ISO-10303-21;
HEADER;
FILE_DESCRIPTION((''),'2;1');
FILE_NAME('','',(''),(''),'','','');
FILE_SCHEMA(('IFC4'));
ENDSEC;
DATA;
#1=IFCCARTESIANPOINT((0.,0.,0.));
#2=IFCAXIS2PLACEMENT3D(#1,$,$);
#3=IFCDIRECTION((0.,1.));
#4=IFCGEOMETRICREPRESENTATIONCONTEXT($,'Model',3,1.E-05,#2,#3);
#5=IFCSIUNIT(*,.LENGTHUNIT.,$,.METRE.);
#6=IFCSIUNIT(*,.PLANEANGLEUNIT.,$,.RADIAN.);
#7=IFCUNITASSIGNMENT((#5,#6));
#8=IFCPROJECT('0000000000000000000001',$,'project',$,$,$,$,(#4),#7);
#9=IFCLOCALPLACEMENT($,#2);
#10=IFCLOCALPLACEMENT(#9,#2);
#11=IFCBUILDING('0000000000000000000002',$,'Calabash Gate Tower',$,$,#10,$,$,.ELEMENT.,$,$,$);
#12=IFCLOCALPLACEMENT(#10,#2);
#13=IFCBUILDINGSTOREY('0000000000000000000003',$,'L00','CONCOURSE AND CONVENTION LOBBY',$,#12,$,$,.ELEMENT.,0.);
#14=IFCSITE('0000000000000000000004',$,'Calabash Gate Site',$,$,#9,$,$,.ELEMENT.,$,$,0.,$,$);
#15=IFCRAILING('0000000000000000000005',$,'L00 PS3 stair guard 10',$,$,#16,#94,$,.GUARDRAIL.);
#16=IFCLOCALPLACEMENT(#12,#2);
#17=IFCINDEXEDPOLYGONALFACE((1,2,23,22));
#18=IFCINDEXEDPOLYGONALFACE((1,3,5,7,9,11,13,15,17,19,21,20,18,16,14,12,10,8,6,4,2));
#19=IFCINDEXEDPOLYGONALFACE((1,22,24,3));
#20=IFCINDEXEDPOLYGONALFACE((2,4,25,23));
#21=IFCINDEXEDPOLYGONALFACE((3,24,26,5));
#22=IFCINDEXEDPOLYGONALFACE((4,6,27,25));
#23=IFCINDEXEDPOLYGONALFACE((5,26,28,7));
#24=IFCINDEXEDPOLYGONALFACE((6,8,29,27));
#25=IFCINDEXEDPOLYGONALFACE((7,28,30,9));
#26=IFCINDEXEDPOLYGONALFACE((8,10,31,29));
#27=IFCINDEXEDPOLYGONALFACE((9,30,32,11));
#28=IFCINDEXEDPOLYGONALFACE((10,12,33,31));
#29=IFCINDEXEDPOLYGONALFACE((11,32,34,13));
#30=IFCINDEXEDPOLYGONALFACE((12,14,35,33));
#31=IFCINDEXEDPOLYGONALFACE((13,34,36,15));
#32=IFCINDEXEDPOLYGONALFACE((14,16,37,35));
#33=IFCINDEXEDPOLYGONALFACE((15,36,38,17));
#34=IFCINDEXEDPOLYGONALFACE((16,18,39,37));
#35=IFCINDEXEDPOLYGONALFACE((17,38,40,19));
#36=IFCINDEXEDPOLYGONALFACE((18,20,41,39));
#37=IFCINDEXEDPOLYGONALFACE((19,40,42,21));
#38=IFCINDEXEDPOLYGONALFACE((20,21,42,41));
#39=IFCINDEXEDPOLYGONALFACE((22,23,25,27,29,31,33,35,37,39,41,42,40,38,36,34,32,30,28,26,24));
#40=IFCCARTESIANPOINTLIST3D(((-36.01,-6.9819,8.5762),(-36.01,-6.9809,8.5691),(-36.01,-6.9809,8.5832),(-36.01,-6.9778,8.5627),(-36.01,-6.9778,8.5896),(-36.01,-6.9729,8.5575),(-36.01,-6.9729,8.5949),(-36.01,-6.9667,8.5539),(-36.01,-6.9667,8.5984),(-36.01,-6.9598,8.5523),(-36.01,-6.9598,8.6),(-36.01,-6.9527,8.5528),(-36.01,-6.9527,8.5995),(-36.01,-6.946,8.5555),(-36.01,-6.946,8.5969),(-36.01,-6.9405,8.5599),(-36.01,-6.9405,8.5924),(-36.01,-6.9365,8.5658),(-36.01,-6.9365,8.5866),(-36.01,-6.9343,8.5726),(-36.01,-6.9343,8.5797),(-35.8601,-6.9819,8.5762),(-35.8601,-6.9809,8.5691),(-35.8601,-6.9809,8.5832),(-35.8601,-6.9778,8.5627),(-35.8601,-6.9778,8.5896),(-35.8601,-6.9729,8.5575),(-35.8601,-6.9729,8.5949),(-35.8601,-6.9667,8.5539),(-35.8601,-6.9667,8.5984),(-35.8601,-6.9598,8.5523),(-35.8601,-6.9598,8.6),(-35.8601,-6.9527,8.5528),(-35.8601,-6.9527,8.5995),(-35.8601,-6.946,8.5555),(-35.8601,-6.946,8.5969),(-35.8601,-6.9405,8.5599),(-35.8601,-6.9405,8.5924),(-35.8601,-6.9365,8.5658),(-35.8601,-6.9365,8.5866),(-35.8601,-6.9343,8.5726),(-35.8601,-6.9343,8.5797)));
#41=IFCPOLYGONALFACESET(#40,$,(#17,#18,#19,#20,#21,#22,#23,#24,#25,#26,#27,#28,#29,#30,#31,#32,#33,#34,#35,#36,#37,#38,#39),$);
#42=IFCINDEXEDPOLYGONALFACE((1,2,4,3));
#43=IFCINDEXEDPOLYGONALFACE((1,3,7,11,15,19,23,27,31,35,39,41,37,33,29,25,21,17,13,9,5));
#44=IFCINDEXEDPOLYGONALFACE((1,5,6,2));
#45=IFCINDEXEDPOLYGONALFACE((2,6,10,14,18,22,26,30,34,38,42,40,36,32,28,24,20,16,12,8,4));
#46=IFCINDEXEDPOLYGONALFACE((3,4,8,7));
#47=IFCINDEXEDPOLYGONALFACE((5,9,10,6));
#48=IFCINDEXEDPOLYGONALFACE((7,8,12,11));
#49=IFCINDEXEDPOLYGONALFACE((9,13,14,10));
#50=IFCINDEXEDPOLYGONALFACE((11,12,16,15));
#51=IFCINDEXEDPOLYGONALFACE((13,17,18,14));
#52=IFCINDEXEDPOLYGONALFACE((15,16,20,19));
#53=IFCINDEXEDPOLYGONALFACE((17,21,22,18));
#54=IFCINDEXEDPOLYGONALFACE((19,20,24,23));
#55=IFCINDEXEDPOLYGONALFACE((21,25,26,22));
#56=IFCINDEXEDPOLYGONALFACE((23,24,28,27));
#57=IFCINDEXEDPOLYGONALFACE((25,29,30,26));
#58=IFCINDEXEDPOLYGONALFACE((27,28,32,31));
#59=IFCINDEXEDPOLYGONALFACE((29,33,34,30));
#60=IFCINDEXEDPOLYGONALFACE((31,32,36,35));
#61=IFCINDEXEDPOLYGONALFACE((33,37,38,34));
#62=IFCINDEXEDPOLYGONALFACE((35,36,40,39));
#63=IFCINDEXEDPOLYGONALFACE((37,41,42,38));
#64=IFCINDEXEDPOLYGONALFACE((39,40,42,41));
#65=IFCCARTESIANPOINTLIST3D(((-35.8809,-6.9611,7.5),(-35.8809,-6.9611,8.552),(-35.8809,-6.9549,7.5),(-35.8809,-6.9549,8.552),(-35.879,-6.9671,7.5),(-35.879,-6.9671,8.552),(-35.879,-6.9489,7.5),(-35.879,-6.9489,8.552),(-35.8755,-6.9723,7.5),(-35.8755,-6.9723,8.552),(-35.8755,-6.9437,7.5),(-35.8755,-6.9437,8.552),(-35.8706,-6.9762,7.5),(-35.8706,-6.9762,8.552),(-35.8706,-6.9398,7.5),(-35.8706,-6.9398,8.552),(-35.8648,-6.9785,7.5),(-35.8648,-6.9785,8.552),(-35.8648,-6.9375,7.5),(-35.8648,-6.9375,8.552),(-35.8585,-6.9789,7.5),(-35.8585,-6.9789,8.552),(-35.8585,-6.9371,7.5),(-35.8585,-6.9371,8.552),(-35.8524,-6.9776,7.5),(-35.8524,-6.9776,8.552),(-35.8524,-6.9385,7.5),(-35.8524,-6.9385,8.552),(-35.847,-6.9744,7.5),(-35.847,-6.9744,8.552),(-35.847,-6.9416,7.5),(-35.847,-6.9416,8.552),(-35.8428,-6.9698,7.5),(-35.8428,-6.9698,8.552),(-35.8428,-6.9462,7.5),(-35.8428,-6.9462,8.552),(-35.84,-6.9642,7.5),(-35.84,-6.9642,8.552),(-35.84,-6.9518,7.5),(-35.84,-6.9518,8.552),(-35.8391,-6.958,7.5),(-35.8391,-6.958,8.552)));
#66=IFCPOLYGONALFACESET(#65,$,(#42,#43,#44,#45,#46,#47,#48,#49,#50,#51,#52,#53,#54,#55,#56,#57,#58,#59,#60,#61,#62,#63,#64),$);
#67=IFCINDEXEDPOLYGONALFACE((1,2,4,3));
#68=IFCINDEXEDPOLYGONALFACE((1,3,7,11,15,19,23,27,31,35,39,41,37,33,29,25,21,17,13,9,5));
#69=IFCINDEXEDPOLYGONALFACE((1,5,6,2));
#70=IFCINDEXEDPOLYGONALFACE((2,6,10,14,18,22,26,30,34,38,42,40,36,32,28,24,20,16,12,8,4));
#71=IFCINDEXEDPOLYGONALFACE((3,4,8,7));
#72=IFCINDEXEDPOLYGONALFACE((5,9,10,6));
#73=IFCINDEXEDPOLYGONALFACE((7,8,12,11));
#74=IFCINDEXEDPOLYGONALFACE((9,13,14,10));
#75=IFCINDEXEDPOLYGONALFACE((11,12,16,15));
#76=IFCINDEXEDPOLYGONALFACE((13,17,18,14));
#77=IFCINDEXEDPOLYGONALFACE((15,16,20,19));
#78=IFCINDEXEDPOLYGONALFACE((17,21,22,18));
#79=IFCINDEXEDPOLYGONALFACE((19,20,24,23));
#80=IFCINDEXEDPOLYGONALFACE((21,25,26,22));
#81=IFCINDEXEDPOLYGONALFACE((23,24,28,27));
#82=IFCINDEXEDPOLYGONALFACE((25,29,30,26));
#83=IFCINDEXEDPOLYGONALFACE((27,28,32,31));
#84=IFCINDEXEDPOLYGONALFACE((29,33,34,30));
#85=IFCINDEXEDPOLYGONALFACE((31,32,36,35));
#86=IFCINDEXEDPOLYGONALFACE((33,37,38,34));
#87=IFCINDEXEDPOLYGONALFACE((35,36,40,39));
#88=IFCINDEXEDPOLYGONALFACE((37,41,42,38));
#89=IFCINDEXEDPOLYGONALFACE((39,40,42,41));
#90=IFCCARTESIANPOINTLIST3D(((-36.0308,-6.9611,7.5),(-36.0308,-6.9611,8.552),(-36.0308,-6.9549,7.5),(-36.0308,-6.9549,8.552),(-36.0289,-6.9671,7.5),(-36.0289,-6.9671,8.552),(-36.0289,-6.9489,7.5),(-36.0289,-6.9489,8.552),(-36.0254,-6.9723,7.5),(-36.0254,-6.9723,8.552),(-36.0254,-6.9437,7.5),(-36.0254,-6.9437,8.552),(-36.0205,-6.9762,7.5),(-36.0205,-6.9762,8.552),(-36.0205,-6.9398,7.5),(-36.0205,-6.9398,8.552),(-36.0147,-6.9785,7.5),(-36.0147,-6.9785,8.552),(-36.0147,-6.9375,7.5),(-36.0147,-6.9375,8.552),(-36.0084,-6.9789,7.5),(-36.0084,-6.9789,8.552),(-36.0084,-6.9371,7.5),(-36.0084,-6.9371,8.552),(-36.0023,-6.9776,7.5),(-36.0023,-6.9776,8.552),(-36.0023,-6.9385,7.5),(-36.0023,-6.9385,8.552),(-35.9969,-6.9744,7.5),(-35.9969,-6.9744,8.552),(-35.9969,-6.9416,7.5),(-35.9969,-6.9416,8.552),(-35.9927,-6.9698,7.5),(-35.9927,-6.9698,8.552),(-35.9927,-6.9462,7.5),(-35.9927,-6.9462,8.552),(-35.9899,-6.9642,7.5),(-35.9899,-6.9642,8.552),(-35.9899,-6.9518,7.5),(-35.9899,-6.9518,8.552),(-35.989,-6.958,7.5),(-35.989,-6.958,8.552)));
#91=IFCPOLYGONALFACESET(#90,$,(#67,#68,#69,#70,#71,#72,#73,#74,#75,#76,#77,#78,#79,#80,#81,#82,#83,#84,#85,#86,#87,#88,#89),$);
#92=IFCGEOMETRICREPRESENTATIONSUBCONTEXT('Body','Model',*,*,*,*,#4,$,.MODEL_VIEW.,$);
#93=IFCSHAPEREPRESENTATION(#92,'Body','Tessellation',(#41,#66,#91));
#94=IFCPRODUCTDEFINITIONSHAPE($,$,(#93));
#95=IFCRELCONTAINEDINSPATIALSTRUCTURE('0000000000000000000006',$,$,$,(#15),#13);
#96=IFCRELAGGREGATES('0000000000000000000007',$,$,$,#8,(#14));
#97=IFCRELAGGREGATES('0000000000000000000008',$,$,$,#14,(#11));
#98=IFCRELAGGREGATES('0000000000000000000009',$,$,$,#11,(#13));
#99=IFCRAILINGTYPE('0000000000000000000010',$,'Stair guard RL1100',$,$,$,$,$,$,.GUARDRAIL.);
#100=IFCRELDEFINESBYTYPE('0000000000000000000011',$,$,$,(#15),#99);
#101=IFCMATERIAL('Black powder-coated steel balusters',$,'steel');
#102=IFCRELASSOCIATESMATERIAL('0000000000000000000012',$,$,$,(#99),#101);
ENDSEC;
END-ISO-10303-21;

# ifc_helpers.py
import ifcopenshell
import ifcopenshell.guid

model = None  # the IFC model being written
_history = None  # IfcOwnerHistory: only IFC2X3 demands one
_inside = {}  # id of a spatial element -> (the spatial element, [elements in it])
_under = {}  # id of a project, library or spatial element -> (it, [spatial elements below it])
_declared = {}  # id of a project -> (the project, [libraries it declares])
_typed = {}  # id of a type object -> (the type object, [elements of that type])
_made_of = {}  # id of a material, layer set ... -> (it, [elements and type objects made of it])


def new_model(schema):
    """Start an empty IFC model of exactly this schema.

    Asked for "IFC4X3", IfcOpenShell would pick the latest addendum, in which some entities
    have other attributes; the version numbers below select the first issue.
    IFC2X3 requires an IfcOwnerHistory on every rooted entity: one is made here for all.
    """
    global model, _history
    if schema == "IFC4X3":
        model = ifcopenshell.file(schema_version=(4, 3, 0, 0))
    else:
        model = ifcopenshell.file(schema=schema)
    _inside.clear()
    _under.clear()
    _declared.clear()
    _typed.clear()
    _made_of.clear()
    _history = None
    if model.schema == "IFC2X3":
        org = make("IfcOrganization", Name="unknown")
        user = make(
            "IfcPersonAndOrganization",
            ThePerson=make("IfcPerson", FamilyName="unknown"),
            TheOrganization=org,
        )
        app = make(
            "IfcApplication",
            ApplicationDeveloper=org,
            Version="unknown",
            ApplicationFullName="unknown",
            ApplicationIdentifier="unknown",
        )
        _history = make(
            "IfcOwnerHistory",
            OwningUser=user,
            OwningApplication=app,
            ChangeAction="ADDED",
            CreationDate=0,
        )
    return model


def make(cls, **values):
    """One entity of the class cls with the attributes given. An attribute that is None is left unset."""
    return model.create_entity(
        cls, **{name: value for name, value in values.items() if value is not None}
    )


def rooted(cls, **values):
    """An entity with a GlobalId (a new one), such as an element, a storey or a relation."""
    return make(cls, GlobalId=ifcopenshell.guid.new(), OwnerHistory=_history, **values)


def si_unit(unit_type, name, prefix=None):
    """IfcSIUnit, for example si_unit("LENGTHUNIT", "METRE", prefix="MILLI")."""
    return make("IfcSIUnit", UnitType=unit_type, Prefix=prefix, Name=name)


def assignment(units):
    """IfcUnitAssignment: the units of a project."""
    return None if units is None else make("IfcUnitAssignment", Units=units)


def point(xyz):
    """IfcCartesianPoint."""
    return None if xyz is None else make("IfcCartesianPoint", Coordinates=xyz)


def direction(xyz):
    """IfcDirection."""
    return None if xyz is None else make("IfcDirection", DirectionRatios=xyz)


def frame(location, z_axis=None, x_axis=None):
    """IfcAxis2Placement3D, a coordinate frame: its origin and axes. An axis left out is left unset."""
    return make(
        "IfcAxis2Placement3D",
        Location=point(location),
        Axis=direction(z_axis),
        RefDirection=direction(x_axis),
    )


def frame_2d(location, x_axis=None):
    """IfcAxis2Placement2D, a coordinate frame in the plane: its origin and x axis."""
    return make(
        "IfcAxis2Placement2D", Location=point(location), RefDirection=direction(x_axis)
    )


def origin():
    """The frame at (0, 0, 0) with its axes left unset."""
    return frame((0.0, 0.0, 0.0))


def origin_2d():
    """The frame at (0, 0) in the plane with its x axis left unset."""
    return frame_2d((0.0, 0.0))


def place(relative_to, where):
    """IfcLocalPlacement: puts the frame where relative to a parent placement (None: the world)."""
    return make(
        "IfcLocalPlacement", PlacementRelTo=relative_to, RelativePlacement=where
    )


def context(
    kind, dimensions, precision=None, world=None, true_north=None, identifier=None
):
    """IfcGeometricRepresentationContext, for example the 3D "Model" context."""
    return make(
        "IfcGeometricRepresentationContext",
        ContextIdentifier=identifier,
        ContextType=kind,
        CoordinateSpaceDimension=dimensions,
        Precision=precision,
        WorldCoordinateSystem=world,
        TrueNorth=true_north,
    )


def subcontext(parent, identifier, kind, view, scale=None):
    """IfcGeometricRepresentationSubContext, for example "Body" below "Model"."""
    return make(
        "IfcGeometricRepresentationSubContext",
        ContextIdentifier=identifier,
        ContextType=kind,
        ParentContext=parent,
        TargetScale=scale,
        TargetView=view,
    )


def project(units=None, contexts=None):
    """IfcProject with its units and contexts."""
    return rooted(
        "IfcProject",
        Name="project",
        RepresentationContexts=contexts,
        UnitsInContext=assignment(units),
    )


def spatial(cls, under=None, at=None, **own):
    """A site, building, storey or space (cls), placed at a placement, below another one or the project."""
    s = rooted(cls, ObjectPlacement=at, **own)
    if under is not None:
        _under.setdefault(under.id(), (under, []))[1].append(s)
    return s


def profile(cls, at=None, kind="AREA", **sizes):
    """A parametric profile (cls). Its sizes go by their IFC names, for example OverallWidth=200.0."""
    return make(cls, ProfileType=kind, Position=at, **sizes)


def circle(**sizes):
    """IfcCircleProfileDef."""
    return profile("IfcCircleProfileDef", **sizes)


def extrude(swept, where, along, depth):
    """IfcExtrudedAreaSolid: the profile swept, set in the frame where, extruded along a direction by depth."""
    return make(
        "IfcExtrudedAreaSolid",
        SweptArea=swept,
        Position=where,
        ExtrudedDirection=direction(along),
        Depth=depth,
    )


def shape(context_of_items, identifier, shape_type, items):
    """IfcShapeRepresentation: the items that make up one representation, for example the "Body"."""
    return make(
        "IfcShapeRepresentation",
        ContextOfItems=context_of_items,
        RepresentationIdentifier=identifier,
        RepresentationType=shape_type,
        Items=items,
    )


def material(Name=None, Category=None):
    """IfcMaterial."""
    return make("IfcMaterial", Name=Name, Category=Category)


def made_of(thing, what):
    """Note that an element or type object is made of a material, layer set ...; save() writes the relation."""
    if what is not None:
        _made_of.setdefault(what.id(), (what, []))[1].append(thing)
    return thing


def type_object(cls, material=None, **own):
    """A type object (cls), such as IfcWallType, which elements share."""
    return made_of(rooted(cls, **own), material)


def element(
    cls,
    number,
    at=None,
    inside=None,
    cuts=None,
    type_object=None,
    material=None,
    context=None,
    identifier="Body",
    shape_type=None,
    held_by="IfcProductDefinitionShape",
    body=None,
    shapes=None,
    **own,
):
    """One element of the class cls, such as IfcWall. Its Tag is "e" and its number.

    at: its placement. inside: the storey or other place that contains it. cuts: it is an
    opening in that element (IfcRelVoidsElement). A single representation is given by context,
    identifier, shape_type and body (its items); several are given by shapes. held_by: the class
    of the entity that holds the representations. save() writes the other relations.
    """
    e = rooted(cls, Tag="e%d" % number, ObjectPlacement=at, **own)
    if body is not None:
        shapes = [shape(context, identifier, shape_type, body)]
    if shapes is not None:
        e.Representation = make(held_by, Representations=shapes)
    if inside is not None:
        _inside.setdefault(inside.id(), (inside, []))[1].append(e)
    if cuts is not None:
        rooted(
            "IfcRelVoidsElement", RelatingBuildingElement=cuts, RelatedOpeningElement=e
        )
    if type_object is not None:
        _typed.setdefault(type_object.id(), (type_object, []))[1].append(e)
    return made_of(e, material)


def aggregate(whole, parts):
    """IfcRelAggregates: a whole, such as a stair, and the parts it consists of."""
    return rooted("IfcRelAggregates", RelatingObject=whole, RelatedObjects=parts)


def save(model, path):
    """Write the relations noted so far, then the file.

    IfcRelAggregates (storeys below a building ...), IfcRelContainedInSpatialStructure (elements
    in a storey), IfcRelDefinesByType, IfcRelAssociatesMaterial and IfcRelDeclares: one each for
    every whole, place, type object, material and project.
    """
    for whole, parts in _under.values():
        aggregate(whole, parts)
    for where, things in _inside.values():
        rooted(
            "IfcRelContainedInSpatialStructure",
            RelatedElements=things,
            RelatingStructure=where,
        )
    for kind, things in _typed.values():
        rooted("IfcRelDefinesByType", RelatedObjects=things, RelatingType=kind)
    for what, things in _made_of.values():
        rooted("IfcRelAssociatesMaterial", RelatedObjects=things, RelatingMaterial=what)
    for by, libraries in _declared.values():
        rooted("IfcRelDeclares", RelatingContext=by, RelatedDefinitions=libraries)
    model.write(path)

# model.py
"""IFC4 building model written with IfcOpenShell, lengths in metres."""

from ifc_helpers import new_model, si_unit, direction, frame, origin, origin_2d, place, context, subcontext, project, spatial, circle, extrude, material, type_object, element, save


model = new_model("IFC4")

# Units and contexts
model_context = context("Model", 3, precision=1e-05, world=origin(), true_north=direction((0.0, 1.0)))
body_context = subcontext(model_context, "Body", "Model", "MODEL_VIEW")
ifc_project = project(units=[si_unit("LENGTHUNIT", "METRE"), si_unit("PLANEANGLEUNIT", "RADIAN")], contexts=[model_context])

# Site, building, storey
site_placement = place(None, origin())
site = spatial("IfcSite", under=ifc_project, at=site_placement, Name="Calabash Gate Site", CompositionType="ELEMENT", RefElevation=0.0)
building_placement = place(site_placement, origin())
building = spatial("IfcBuilding", under=site, at=building_placement, Name="Calabash Gate Tower", CompositionType="ELEMENT")
storey_placement = place(building_placement, origin())
storey = spatial("IfcBuildingStorey", under=building, at=storey_placement, Name="L00", Description="CONCOURSE AND CONVENTION LOBBY", CompositionType="ELEMENT", Elevation=0.0)

# Railing
ifc_material_1 = material(Name="Black powder-coated steel balusters", Category="steel")
railing_type_1 = type_object("IfcRailingType", Name="Stair guard RL1100", PredefinedType="GUARDRAIL", material=ifc_material_1)
railing_1_placement = place(storey_placement, frame((-35.8601, -6.958, 7.5)))
element("IfcRailing", 1, at=railing_1_placement, inside=storey, type_object=railing_type_1, Name="L00 PS3 stair guard 10", PredefinedType="GUARDRAIL", context=body_context, shape_type="SweptSolid", body=[
    extrude(circle(Radius=0.0239, at=origin_2d()), frame((0.0, 0.0, 1.0762), z_axis=(-1.0, 0.0, 0.0), x_axis=(0.0, -1.0, 0.0)), (0.0, 0.0, 1.0), 0.1499),
    extrude(circle(Radius=0.021, at=origin_2d()), origin(), (0.0, 0.0, 1.0), 1.052),
    extrude(circle(Radius=0.021, at=origin_2d()), frame((-0.1499, 0.0, 0.0)), (0.0, 0.0, 1.0), 1.052),
])

save(model, "model.ifc")
